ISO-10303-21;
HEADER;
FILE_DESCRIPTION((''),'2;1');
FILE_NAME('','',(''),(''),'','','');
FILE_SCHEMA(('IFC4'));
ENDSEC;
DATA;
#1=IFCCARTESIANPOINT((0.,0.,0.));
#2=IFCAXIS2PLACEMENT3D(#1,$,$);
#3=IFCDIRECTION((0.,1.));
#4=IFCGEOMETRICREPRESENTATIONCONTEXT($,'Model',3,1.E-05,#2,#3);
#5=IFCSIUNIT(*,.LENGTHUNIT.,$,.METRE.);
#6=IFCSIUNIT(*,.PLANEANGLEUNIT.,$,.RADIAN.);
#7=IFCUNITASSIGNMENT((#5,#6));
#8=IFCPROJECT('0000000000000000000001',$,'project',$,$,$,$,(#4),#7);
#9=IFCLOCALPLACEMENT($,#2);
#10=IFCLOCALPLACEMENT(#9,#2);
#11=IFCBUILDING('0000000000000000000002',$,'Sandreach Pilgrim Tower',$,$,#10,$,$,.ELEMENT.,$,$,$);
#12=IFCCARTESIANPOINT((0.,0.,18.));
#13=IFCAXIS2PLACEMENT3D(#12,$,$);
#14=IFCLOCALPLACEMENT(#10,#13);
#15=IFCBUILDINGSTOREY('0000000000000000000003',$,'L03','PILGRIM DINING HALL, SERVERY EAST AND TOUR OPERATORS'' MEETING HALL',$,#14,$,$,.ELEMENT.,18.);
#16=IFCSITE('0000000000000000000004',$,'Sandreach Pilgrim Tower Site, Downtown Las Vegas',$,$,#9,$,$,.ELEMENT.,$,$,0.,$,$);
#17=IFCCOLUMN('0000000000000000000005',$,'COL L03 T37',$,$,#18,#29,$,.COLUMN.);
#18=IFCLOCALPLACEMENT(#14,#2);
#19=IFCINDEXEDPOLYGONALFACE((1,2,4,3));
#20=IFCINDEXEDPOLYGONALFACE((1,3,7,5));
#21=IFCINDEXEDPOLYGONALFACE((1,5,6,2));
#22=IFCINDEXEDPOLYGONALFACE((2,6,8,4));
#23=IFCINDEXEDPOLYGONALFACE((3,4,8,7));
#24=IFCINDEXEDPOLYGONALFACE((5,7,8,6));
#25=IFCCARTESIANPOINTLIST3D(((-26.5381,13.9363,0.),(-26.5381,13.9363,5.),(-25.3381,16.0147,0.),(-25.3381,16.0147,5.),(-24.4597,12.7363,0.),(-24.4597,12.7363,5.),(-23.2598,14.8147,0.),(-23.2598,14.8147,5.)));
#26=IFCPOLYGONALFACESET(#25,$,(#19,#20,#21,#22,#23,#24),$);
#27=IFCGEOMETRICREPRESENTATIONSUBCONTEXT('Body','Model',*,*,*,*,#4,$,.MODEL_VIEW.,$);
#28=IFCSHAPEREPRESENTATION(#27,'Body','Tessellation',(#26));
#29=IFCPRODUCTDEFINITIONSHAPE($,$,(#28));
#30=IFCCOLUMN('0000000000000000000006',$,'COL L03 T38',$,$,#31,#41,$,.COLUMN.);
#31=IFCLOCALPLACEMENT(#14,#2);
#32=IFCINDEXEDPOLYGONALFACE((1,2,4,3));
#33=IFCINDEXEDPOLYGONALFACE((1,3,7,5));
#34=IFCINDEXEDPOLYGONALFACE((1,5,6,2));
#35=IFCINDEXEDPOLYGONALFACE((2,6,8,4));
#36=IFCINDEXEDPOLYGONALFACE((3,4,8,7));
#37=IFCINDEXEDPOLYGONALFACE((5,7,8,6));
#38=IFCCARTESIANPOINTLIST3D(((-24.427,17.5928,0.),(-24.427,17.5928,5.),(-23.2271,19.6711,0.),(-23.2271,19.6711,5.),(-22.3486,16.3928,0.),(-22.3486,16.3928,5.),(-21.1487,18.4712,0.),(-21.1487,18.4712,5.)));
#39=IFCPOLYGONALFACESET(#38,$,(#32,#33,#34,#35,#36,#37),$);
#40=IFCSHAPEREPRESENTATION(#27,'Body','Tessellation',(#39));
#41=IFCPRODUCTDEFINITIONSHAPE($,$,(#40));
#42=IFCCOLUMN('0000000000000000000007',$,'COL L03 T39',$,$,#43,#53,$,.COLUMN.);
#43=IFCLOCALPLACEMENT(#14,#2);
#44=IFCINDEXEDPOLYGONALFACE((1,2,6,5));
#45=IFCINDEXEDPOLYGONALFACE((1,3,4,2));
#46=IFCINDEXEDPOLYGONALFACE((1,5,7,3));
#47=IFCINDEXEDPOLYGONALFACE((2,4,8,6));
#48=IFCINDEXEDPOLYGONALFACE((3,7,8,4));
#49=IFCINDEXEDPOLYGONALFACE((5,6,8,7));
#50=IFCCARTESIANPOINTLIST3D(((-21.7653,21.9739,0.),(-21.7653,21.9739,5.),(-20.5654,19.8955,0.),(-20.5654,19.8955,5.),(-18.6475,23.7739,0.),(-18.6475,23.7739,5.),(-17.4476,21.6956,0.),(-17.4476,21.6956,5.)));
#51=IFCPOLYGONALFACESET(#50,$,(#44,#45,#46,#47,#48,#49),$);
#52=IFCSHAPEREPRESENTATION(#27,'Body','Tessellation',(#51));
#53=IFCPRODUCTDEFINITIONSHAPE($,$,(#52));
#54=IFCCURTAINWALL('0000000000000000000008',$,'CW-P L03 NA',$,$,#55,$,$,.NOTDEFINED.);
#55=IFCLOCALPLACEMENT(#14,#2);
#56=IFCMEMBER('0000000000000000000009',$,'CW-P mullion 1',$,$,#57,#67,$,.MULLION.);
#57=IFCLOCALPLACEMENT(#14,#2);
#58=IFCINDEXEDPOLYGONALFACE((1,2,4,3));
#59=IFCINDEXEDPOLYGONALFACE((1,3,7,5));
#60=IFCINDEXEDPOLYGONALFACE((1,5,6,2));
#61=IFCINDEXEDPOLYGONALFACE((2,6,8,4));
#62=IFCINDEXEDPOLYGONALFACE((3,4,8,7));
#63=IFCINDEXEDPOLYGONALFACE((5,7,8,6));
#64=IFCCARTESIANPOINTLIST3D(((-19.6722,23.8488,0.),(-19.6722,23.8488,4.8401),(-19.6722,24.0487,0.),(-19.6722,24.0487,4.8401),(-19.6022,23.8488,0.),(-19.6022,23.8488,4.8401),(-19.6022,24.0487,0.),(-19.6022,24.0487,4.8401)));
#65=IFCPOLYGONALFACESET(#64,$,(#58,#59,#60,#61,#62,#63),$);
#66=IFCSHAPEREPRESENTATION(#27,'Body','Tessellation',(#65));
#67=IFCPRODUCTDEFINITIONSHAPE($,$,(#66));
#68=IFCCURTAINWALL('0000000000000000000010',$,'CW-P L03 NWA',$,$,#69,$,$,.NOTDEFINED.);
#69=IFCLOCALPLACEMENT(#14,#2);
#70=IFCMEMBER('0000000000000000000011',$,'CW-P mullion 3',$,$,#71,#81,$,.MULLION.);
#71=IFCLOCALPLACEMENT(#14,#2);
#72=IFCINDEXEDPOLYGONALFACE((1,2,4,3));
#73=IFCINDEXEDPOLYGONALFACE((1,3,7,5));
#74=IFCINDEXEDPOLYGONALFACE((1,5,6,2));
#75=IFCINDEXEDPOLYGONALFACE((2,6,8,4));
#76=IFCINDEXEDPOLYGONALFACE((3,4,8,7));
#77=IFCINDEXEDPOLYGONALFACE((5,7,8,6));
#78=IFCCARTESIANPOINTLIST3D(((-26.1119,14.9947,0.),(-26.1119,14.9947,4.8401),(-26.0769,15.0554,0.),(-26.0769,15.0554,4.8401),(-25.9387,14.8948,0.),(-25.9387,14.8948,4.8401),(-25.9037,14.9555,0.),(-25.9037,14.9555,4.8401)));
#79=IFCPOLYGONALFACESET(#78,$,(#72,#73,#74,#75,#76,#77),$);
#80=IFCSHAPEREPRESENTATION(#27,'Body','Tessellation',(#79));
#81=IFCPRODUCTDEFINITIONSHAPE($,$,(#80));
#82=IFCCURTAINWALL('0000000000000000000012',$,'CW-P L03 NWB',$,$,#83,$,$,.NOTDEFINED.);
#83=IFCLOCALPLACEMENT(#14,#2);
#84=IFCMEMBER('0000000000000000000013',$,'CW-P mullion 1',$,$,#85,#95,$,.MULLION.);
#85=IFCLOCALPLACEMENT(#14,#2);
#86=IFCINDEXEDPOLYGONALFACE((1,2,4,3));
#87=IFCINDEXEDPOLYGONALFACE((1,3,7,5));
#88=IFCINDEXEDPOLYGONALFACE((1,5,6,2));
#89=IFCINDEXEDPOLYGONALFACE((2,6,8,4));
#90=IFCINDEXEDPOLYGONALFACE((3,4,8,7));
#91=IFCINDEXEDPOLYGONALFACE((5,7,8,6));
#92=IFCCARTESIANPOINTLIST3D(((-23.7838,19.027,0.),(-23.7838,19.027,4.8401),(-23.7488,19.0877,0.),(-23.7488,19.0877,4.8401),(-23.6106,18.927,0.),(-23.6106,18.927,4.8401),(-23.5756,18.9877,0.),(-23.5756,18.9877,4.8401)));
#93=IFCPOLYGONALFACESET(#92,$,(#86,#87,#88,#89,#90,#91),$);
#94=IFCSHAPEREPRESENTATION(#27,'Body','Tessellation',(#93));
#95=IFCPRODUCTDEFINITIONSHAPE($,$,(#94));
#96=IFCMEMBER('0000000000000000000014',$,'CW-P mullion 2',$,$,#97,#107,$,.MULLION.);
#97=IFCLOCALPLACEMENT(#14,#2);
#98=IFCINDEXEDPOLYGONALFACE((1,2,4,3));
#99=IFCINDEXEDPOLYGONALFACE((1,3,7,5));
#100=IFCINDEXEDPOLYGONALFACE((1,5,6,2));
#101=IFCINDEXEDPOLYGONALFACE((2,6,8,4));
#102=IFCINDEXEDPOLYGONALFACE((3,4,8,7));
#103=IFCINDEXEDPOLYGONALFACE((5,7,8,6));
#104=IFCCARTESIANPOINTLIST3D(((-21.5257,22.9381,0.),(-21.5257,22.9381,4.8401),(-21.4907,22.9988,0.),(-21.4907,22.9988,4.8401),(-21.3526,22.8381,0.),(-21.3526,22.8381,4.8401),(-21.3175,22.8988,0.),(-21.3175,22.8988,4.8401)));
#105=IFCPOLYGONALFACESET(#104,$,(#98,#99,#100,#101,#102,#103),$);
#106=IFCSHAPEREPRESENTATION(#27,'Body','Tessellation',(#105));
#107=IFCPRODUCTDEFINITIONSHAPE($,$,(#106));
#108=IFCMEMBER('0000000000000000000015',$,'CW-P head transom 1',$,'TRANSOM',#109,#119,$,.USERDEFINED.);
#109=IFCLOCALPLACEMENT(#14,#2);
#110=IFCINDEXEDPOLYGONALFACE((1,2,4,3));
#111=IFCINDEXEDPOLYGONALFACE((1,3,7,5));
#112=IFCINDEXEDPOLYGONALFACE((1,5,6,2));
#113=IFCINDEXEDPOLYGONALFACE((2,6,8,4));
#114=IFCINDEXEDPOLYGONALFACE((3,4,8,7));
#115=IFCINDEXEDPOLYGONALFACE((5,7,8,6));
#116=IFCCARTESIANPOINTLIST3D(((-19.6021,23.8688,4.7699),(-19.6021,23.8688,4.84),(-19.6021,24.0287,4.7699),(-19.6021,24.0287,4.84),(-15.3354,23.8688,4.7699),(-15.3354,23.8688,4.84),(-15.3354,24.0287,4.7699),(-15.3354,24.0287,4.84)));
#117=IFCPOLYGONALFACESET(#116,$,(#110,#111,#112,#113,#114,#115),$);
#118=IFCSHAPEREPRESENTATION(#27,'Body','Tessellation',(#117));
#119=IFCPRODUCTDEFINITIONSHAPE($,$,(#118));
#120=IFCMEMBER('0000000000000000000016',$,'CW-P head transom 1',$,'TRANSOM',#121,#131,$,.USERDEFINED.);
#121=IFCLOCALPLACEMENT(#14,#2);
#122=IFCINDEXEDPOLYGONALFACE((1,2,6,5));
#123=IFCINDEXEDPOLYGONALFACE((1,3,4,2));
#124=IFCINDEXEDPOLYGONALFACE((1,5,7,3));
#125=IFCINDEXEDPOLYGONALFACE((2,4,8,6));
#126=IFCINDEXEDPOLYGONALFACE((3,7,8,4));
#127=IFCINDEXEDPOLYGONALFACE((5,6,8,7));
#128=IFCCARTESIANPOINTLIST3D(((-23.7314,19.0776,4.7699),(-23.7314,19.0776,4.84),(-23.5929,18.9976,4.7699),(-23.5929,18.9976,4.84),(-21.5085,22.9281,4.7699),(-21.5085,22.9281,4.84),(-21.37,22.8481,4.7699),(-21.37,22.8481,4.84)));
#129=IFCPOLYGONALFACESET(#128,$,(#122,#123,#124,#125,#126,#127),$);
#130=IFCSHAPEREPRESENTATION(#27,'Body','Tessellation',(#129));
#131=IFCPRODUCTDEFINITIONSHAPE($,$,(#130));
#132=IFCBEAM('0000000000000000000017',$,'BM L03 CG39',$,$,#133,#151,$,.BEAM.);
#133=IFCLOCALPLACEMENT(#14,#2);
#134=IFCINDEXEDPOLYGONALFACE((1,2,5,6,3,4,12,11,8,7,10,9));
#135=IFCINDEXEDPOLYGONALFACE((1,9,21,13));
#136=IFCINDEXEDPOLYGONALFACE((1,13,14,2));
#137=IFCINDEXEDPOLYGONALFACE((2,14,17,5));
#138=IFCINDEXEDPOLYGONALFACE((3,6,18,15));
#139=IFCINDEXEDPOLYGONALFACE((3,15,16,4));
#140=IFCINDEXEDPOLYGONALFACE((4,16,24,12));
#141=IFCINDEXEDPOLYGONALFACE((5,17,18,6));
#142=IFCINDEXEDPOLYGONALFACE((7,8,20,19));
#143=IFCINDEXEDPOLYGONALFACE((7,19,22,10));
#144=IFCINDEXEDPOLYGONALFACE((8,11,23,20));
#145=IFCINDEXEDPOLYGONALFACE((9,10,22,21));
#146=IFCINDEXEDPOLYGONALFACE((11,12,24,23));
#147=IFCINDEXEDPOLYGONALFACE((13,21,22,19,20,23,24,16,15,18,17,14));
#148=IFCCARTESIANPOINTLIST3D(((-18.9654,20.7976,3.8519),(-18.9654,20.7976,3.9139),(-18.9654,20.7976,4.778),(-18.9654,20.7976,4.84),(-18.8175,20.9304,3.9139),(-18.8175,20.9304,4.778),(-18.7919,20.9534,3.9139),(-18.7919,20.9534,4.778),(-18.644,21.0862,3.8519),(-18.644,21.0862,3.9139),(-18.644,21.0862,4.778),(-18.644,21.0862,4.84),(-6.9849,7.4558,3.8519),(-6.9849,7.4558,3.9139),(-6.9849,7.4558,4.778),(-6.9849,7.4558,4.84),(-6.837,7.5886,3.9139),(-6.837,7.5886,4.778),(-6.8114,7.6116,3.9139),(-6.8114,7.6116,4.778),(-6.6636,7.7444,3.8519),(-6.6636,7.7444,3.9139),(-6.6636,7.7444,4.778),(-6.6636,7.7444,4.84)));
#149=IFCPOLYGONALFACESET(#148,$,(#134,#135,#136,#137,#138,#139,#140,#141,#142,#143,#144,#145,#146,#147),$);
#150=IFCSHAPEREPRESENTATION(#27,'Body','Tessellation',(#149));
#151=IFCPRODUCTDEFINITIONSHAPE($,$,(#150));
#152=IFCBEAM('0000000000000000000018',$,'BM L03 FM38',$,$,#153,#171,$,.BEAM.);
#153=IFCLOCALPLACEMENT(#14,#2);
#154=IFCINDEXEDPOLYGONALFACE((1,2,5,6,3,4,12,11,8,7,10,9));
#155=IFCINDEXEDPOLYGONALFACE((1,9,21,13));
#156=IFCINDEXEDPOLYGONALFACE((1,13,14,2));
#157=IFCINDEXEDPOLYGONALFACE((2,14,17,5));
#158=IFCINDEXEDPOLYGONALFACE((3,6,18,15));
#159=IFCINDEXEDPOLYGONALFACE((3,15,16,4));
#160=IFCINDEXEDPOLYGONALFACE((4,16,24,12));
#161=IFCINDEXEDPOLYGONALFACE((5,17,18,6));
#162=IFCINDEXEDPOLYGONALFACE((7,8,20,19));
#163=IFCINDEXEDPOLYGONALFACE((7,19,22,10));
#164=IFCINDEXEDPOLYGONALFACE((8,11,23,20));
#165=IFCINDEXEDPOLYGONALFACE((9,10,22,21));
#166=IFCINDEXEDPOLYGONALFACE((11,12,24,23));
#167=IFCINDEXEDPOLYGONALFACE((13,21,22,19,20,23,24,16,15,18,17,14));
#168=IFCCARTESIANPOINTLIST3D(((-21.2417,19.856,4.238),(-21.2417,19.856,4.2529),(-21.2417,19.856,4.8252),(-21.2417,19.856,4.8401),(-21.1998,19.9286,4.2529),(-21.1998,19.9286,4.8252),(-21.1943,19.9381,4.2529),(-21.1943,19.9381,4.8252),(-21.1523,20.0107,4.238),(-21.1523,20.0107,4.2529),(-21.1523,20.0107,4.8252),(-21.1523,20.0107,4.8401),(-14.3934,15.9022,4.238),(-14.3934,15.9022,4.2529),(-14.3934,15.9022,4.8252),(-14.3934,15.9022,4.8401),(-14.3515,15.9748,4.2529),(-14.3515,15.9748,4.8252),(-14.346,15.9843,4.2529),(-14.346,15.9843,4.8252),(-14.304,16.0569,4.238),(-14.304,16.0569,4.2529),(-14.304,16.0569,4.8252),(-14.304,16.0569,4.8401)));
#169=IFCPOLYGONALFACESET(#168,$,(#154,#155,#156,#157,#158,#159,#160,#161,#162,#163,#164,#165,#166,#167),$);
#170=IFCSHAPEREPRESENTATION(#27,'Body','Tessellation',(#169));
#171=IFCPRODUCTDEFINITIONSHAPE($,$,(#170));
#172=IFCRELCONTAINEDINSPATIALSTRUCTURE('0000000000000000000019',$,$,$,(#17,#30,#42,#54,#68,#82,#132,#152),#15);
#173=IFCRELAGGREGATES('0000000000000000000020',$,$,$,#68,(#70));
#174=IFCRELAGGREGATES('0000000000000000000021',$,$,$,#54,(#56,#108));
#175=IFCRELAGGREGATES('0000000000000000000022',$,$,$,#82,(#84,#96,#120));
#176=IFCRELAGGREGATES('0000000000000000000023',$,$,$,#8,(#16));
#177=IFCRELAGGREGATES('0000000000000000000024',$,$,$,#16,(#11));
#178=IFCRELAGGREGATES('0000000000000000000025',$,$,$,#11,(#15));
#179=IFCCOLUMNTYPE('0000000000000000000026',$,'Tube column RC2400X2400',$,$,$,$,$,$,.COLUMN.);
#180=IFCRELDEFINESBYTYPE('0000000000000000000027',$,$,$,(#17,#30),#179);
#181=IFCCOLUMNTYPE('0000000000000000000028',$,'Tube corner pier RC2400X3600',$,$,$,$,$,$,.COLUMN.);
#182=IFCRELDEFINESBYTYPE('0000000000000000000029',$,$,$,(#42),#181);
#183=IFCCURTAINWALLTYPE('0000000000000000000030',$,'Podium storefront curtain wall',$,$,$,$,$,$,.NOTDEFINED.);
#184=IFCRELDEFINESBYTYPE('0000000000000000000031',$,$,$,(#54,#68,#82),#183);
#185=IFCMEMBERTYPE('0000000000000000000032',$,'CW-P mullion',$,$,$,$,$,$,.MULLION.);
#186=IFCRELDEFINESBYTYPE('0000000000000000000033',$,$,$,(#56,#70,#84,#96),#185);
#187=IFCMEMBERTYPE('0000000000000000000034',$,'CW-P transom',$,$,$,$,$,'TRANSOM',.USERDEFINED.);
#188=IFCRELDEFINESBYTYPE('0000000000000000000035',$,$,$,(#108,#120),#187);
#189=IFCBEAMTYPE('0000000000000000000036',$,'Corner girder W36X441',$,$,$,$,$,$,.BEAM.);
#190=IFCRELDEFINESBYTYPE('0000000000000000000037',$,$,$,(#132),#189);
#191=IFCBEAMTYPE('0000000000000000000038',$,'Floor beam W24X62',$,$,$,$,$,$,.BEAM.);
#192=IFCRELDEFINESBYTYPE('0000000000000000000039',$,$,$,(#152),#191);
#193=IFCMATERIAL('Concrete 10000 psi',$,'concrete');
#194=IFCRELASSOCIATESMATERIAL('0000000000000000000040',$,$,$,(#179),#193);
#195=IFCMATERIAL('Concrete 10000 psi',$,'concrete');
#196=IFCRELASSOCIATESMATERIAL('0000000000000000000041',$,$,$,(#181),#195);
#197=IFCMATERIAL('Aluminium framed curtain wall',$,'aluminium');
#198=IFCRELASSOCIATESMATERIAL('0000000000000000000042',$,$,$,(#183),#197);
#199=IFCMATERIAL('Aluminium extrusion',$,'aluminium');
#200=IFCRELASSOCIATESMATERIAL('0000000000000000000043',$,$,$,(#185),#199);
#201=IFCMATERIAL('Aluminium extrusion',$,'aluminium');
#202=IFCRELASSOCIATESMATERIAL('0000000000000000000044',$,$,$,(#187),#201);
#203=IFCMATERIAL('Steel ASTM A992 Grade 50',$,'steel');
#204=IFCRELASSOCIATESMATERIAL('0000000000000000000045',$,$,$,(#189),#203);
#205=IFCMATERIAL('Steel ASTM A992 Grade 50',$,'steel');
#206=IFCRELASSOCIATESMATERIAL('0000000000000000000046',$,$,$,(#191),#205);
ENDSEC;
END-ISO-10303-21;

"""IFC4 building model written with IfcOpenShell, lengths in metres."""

from ifc_helpers import new_model, si_unit, direction, frame, origin, origin_2d, place, context, subcontext, project, spatial, rectangle, i_section, extrude, material, material_profile, profile_set, type_object, element, aggregate, save


model = new_model("IFC4")

# Units and contexts
model_context = context("Model", 3, precision=1e-05, world=origin(), true_north=direction((0.0, 1.0)))
body_context = subcontext(model_context, "Body", "Model", "MODEL_VIEW")
ifc_project = project(units=[si_unit("LENGTHUNIT", "METRE"), si_unit("PLANEANGLEUNIT", "RADIAN")], contexts=[model_context])

# Site, building, storey
site_placement = place(None, origin())
site = spatial("IfcSite", under=ifc_project, at=site_placement, Name="Sandreach Pilgrim Tower Site, Downtown Las Vegas", CompositionType="ELEMENT", RefElevation=0.0)
building_placement = place(site_placement, origin())
building = spatial("IfcBuilding", under=site, at=building_placement, Name="Sandreach Pilgrim Tower", CompositionType="ELEMENT")
storey_placement = place(building_placement, frame((0.0, 0.0, 18.0)))
storey = spatial("IfcBuildingStorey", under=building, at=storey_placement, Name="L03", Description="PILGRIM DINING HALL, SERVERY EAST AND TOUR OPERATORS' MEETING HALL", CompositionType="ELEMENT", Elevation=18.0)

# Columns
ifc_material_1 = material(Name="Concrete 10000 psi", Category="concrete")
ifc_material_profile_1 = material_profile(ifc_material_1, rectangle(XDim=2.3999, YDim=2.3999, at=origin_2d()), Name="RC2400X2400")
ifc_profile_set_1 = profile_set([ifc_material_profile_1], Name="Concrete 10000 psi")
column_type_1 = type_object("IfcColumnType", Name="Tube column RC2400X2400", PredefinedType="COLUMN", material=ifc_profile_set_1)
for number, where, z_axis, x_axis, name in (
    (1, (-24.8989, 14.3755, 0.0), (0.0, 0.0, 1.0), (-0.866025, 0.5, 0.0), "COL L03 T37"),
    (2, (-22.7878, 18.032, 0.0), (0.0, 0.0, 1.0), (-0.866025, 0.5, 0.0), "COL L03 T38"),
):
    element("IfcColumn", number, at=place(storey_placement, frame(where, z_axis=z_axis, x_axis=x_axis)), inside=storey, type_object=column_type_1, Name=name, PredefinedType="COLUMN", context=body_context, shape_type="SweptSolid", body=[
        extrude(rectangle(XDim=2.3999, YDim=2.3999, at=origin_2d()), origin(), (0.0, 0.0, 1.0), 5.0),
    ])
ifc_material_2 = material(Name="Concrete 10000 psi", Category="concrete")
ifc_material_profile_2 = material_profile(ifc_material_2, rectangle(XDim=2.3999, YDim=3.6001, at=origin_2d()), Name="RC2400X3600")
ifc_profile_set_2 = profile_set([ifc_material_profile_2], Name="Concrete 10000 psi")
column_type_2 = type_object("IfcColumnType", Name="Tube corner pier RC2400X3600", PredefinedType="COLUMN", material=ifc_profile_set_2)
column_placement = place(storey_placement, frame((-19.6064, 21.8347, 0.0), z_axis=(0.0, 0.0, 1.0), x_axis=(-0.5, 0.866025, 0.0)))
element("IfcColumn", 3, at=column_placement, inside=storey, type_object=column_type_2, Name="COL L03 T39", PredefinedType="COLUMN", context=body_context, shape_type="SweptSolid", body=[
    extrude(rectangle(XDim=2.3999, YDim=3.6001, at=origin_2d()), origin(), (0.0, 0.0, 1.0), 5.0),
])

# Curtain walls, members
ifc_material_3 = material(Name="Aluminium framed curtain wall", Category="aluminium")
curtain_wall_type = type_object("IfcCurtainWallType", Name="Podium storefront curtain wall", PredefinedType="NOTDEFINED", material=ifc_material_3)
curtain_wall_1_placement = place(storey_placement, origin())
curtain_wall_1 = element("IfcCurtainWall", 4, at=curtain_wall_1_placement, inside=storey, type_object=curtain_wall_type, Name="CW-P L03 NA", PredefinedType="NOTDEFINED")
ifc_material_4 = material(Name="Aluminium extrusion", Category="aluminium")
ifc_material_profile_3 = material_profile(ifc_material_4, rectangle(XDim=0.0701, YDim=0.2, at=origin_2d()), Name="CW-PM 70X200")
ifc_profile_set_3 = profile_set([ifc_material_profile_3], Name="Aluminium extrusion")
member_type_1 = type_object("IfcMemberType", Name="CW-P mullion", PredefinedType="MULLION", material=ifc_profile_set_3)
member_1_placement = place(storey_placement, frame((-19.6372, 23.9487, 0.0), z_axis=(0.0, 0.0, 1.0), x_axis=(1.0, 0.0, 0.0)))
member_1 = element("IfcMember", 5, at=member_1_placement, type_object=member_type_1, Name="CW-P mullion 1", PredefinedType="MULLION", context=body_context, shape_type="SweptSolid", body=[
    extrude(rectangle(XDim=0.0701, YDim=0.2, at=origin_2d()), origin(), (0.0, 0.0, 1.0), 4.8401),
])
curtain_wall_2_placement = place(storey_placement, origin())
curtain_wall_2 = element("IfcCurtainWall", 6, at=curtain_wall_2_placement, inside=storey, type_object=curtain_wall_type, Name="CW-P L03 NWA", PredefinedType="NOTDEFINED")
member_2_placement = place(storey_placement, frame((-26.0078, 14.9751, 0.0), z_axis=(0.0, 0.0, 1.0), x_axis=(0.5, 0.866025, 0.0)))
member_2 = element("IfcMember", 7, at=member_2_placement, type_object=member_type_1, Name="CW-P mullion 3", PredefinedType="MULLION", context=body_context, shape_type="SweptSolid", body=[
    extrude(rectangle(XDim=0.0701, YDim=0.2, at=origin_2d()), origin(), (0.0, 0.0, 1.0), 4.8401),
])
aggregate(curtain_wall_2, [member_2])

# Curtain wall, members
curtain_wall_3_placement = place(storey_placement, origin())
curtain_wall_3 = element("IfcCurtainWall", 8, at=curtain_wall_3_placement, inside=storey, type_object=curtain_wall_type, Name="CW-P L03 NWB", PredefinedType="NOTDEFINED")
member_3_placement = place(storey_placement, frame((-23.6797, 19.0073, 0.0), z_axis=(0.0, 0.0, 1.0), x_axis=(0.5, 0.866025, 0.0)))
member_3 = element("IfcMember", 9, at=member_3_placement, type_object=member_type_1, Name="CW-P mullion 1", PredefinedType="MULLION", context=body_context, shape_type="SweptSolid", body=[
    extrude(rectangle(XDim=0.0701, YDim=0.2, at=origin_2d()), origin(), (0.0, 0.0, 1.0), 4.8401),
])
member_4_placement = place(storey_placement, frame((-21.4216, 22.9185, 0.0), z_axis=(0.0, 0.0, 1.0), x_axis=(0.5, 0.866025, 0.0)))
member_4 = element("IfcMember", 10, at=member_4_placement, type_object=member_type_1, Name="CW-P mullion 2", PredefinedType="MULLION", context=body_context, shape_type="SweptSolid", body=[
    extrude(rectangle(XDim=0.0701, YDim=0.2, at=origin_2d()), origin(), (0.0, 0.0, 1.0), 4.8401),
])

# Members
ifc_material_5 = material(Name="Aluminium extrusion", Category="aluminium")
ifc_material_profile_4 = material_profile(ifc_material_5, rectangle(XDim=0.1599, YDim=0.0701, at=origin_2d()), Name="CW-PT 160X70")
ifc_profile_set_4 = profile_set([ifc_material_profile_4], Name="Aluminium extrusion")
member_type_2 = type_object("IfcMemberType", Name="CW-P transom", ElementType="TRANSOM", PredefinedType="USERDEFINED", material=ifc_profile_set_4)
member_5_placement = place(storey_placement, frame((-19.6021, 23.9487, 4.8049), z_axis=(1.0, 0.0, 0.0), x_axis=(0.0, 1.0, 0.0)))
member_5 = element("IfcMember", 11, at=member_5_placement, type_object=member_type_2, Name="CW-P head transom 1", ObjectType="TRANSOM", PredefinedType="USERDEFINED", context=body_context, shape_type="SweptSolid", body=[
    extrude(rectangle(XDim=0.1599, YDim=0.0701, at=origin_2d()), origin(), (0.0, 0.0, 1.0), 4.2666),
])
member_6_placement = place(storey_placement, frame((-23.6621, 19.0376, 4.8049), z_axis=(0.49996, 0.866048, 0.0), x_axis=(-0.866048, 0.49996, 0.0)))
member_6 = element("IfcMember", 12, at=member_6_placement, type_object=member_type_2, Name="CW-P head transom 1", ObjectType="TRANSOM", PredefinedType="USERDEFINED", context=body_context, shape_type="SweptSolid", body=[
    extrude(rectangle(XDim=0.1599, YDim=0.0701, at=origin_2d()), origin(), (0.0, 0.0, 1.0), 4.446),
])

# Beams
ifc_material_6 = material(Name="Steel ASTM A992 Grade 50", Category="steel")
ifc_material_profile_5 = material_profile(ifc_material_6, i_section(OverallWidth=0.4319, OverallDepth=0.988, WebThickness=0.0344, FlangeThickness=0.062, at=origin_2d()), Name="W36X441")
ifc_profile_set_5 = profile_set([ifc_material_profile_5], Name="Steel ASTM A992 Grade 50")
beam_type_1 = type_object("IfcBeamType", Name="Corner girder W36X441", PredefinedType="BEAM", material=ifc_profile_set_5)
beam_1_placement = place(storey_placement, frame((-18.8047, 20.9419, 4.3459), z_axis=(0.668128, -0.744047, 0.0), x_axis=(0.744047, 0.668128, 0.0)))
element("IfcBeam", 13, at=beam_1_placement, inside=storey, type_object=beam_type_1, Name="BM L03 CG39", PredefinedType="BEAM", context=body_context, shape_type="SweptSolid", body=[
    extrude(i_section(OverallWidth=0.4319, OverallDepth=0.988, WebThickness=0.0344, FlangeThickness=0.062, at=origin_2d()), origin(), (0.0, 0.0, 1.0), 17.9314),
])
ifc_material_7 = material(Name="Steel ASTM A992 Grade 50", Category="steel")
ifc_material_profile_6 = material_profile(ifc_material_7, i_section(OverallWidth=0.1787, OverallDepth=0.6021, WebThickness=0.011, FlangeThickness=0.0149, at=origin_2d()), Name="W24X62")
ifc_profile_set_6 = profile_set([ifc_material_profile_6], Name="Steel ASTM A992 Grade 50")
beam_type_2 = type_object("IfcBeamType", Name="Floor beam W24X62", PredefinedType="BEAM", material=ifc_profile_set_6)
beam_2_placement = place(storey_placement, frame((-21.197, 19.9333, 4.5391), z_axis=(0.866029, -0.499994, 0.0), x_axis=(0.499994, 0.866029, 0.0)))
element("IfcBeam", 14, at=beam_2_placement, inside=storey, type_object=beam_type_2, Name="BM L03 FM38", PredefinedType="BEAM", context=body_context, shape_type="SweptSolid", body=[
    extrude(i_section(OverallWidth=0.1787, OverallDepth=0.6021, WebThickness=0.011, FlangeThickness=0.0149, at=origin_2d()), origin(), (0.0, 0.0, 1.0), 7.9077),
])

aggregate(curtain_wall_1, [member_1, member_5])
aggregate(curtain_wall_3, [member_3, member_4, member_6])

save(model, "model.ifc")
